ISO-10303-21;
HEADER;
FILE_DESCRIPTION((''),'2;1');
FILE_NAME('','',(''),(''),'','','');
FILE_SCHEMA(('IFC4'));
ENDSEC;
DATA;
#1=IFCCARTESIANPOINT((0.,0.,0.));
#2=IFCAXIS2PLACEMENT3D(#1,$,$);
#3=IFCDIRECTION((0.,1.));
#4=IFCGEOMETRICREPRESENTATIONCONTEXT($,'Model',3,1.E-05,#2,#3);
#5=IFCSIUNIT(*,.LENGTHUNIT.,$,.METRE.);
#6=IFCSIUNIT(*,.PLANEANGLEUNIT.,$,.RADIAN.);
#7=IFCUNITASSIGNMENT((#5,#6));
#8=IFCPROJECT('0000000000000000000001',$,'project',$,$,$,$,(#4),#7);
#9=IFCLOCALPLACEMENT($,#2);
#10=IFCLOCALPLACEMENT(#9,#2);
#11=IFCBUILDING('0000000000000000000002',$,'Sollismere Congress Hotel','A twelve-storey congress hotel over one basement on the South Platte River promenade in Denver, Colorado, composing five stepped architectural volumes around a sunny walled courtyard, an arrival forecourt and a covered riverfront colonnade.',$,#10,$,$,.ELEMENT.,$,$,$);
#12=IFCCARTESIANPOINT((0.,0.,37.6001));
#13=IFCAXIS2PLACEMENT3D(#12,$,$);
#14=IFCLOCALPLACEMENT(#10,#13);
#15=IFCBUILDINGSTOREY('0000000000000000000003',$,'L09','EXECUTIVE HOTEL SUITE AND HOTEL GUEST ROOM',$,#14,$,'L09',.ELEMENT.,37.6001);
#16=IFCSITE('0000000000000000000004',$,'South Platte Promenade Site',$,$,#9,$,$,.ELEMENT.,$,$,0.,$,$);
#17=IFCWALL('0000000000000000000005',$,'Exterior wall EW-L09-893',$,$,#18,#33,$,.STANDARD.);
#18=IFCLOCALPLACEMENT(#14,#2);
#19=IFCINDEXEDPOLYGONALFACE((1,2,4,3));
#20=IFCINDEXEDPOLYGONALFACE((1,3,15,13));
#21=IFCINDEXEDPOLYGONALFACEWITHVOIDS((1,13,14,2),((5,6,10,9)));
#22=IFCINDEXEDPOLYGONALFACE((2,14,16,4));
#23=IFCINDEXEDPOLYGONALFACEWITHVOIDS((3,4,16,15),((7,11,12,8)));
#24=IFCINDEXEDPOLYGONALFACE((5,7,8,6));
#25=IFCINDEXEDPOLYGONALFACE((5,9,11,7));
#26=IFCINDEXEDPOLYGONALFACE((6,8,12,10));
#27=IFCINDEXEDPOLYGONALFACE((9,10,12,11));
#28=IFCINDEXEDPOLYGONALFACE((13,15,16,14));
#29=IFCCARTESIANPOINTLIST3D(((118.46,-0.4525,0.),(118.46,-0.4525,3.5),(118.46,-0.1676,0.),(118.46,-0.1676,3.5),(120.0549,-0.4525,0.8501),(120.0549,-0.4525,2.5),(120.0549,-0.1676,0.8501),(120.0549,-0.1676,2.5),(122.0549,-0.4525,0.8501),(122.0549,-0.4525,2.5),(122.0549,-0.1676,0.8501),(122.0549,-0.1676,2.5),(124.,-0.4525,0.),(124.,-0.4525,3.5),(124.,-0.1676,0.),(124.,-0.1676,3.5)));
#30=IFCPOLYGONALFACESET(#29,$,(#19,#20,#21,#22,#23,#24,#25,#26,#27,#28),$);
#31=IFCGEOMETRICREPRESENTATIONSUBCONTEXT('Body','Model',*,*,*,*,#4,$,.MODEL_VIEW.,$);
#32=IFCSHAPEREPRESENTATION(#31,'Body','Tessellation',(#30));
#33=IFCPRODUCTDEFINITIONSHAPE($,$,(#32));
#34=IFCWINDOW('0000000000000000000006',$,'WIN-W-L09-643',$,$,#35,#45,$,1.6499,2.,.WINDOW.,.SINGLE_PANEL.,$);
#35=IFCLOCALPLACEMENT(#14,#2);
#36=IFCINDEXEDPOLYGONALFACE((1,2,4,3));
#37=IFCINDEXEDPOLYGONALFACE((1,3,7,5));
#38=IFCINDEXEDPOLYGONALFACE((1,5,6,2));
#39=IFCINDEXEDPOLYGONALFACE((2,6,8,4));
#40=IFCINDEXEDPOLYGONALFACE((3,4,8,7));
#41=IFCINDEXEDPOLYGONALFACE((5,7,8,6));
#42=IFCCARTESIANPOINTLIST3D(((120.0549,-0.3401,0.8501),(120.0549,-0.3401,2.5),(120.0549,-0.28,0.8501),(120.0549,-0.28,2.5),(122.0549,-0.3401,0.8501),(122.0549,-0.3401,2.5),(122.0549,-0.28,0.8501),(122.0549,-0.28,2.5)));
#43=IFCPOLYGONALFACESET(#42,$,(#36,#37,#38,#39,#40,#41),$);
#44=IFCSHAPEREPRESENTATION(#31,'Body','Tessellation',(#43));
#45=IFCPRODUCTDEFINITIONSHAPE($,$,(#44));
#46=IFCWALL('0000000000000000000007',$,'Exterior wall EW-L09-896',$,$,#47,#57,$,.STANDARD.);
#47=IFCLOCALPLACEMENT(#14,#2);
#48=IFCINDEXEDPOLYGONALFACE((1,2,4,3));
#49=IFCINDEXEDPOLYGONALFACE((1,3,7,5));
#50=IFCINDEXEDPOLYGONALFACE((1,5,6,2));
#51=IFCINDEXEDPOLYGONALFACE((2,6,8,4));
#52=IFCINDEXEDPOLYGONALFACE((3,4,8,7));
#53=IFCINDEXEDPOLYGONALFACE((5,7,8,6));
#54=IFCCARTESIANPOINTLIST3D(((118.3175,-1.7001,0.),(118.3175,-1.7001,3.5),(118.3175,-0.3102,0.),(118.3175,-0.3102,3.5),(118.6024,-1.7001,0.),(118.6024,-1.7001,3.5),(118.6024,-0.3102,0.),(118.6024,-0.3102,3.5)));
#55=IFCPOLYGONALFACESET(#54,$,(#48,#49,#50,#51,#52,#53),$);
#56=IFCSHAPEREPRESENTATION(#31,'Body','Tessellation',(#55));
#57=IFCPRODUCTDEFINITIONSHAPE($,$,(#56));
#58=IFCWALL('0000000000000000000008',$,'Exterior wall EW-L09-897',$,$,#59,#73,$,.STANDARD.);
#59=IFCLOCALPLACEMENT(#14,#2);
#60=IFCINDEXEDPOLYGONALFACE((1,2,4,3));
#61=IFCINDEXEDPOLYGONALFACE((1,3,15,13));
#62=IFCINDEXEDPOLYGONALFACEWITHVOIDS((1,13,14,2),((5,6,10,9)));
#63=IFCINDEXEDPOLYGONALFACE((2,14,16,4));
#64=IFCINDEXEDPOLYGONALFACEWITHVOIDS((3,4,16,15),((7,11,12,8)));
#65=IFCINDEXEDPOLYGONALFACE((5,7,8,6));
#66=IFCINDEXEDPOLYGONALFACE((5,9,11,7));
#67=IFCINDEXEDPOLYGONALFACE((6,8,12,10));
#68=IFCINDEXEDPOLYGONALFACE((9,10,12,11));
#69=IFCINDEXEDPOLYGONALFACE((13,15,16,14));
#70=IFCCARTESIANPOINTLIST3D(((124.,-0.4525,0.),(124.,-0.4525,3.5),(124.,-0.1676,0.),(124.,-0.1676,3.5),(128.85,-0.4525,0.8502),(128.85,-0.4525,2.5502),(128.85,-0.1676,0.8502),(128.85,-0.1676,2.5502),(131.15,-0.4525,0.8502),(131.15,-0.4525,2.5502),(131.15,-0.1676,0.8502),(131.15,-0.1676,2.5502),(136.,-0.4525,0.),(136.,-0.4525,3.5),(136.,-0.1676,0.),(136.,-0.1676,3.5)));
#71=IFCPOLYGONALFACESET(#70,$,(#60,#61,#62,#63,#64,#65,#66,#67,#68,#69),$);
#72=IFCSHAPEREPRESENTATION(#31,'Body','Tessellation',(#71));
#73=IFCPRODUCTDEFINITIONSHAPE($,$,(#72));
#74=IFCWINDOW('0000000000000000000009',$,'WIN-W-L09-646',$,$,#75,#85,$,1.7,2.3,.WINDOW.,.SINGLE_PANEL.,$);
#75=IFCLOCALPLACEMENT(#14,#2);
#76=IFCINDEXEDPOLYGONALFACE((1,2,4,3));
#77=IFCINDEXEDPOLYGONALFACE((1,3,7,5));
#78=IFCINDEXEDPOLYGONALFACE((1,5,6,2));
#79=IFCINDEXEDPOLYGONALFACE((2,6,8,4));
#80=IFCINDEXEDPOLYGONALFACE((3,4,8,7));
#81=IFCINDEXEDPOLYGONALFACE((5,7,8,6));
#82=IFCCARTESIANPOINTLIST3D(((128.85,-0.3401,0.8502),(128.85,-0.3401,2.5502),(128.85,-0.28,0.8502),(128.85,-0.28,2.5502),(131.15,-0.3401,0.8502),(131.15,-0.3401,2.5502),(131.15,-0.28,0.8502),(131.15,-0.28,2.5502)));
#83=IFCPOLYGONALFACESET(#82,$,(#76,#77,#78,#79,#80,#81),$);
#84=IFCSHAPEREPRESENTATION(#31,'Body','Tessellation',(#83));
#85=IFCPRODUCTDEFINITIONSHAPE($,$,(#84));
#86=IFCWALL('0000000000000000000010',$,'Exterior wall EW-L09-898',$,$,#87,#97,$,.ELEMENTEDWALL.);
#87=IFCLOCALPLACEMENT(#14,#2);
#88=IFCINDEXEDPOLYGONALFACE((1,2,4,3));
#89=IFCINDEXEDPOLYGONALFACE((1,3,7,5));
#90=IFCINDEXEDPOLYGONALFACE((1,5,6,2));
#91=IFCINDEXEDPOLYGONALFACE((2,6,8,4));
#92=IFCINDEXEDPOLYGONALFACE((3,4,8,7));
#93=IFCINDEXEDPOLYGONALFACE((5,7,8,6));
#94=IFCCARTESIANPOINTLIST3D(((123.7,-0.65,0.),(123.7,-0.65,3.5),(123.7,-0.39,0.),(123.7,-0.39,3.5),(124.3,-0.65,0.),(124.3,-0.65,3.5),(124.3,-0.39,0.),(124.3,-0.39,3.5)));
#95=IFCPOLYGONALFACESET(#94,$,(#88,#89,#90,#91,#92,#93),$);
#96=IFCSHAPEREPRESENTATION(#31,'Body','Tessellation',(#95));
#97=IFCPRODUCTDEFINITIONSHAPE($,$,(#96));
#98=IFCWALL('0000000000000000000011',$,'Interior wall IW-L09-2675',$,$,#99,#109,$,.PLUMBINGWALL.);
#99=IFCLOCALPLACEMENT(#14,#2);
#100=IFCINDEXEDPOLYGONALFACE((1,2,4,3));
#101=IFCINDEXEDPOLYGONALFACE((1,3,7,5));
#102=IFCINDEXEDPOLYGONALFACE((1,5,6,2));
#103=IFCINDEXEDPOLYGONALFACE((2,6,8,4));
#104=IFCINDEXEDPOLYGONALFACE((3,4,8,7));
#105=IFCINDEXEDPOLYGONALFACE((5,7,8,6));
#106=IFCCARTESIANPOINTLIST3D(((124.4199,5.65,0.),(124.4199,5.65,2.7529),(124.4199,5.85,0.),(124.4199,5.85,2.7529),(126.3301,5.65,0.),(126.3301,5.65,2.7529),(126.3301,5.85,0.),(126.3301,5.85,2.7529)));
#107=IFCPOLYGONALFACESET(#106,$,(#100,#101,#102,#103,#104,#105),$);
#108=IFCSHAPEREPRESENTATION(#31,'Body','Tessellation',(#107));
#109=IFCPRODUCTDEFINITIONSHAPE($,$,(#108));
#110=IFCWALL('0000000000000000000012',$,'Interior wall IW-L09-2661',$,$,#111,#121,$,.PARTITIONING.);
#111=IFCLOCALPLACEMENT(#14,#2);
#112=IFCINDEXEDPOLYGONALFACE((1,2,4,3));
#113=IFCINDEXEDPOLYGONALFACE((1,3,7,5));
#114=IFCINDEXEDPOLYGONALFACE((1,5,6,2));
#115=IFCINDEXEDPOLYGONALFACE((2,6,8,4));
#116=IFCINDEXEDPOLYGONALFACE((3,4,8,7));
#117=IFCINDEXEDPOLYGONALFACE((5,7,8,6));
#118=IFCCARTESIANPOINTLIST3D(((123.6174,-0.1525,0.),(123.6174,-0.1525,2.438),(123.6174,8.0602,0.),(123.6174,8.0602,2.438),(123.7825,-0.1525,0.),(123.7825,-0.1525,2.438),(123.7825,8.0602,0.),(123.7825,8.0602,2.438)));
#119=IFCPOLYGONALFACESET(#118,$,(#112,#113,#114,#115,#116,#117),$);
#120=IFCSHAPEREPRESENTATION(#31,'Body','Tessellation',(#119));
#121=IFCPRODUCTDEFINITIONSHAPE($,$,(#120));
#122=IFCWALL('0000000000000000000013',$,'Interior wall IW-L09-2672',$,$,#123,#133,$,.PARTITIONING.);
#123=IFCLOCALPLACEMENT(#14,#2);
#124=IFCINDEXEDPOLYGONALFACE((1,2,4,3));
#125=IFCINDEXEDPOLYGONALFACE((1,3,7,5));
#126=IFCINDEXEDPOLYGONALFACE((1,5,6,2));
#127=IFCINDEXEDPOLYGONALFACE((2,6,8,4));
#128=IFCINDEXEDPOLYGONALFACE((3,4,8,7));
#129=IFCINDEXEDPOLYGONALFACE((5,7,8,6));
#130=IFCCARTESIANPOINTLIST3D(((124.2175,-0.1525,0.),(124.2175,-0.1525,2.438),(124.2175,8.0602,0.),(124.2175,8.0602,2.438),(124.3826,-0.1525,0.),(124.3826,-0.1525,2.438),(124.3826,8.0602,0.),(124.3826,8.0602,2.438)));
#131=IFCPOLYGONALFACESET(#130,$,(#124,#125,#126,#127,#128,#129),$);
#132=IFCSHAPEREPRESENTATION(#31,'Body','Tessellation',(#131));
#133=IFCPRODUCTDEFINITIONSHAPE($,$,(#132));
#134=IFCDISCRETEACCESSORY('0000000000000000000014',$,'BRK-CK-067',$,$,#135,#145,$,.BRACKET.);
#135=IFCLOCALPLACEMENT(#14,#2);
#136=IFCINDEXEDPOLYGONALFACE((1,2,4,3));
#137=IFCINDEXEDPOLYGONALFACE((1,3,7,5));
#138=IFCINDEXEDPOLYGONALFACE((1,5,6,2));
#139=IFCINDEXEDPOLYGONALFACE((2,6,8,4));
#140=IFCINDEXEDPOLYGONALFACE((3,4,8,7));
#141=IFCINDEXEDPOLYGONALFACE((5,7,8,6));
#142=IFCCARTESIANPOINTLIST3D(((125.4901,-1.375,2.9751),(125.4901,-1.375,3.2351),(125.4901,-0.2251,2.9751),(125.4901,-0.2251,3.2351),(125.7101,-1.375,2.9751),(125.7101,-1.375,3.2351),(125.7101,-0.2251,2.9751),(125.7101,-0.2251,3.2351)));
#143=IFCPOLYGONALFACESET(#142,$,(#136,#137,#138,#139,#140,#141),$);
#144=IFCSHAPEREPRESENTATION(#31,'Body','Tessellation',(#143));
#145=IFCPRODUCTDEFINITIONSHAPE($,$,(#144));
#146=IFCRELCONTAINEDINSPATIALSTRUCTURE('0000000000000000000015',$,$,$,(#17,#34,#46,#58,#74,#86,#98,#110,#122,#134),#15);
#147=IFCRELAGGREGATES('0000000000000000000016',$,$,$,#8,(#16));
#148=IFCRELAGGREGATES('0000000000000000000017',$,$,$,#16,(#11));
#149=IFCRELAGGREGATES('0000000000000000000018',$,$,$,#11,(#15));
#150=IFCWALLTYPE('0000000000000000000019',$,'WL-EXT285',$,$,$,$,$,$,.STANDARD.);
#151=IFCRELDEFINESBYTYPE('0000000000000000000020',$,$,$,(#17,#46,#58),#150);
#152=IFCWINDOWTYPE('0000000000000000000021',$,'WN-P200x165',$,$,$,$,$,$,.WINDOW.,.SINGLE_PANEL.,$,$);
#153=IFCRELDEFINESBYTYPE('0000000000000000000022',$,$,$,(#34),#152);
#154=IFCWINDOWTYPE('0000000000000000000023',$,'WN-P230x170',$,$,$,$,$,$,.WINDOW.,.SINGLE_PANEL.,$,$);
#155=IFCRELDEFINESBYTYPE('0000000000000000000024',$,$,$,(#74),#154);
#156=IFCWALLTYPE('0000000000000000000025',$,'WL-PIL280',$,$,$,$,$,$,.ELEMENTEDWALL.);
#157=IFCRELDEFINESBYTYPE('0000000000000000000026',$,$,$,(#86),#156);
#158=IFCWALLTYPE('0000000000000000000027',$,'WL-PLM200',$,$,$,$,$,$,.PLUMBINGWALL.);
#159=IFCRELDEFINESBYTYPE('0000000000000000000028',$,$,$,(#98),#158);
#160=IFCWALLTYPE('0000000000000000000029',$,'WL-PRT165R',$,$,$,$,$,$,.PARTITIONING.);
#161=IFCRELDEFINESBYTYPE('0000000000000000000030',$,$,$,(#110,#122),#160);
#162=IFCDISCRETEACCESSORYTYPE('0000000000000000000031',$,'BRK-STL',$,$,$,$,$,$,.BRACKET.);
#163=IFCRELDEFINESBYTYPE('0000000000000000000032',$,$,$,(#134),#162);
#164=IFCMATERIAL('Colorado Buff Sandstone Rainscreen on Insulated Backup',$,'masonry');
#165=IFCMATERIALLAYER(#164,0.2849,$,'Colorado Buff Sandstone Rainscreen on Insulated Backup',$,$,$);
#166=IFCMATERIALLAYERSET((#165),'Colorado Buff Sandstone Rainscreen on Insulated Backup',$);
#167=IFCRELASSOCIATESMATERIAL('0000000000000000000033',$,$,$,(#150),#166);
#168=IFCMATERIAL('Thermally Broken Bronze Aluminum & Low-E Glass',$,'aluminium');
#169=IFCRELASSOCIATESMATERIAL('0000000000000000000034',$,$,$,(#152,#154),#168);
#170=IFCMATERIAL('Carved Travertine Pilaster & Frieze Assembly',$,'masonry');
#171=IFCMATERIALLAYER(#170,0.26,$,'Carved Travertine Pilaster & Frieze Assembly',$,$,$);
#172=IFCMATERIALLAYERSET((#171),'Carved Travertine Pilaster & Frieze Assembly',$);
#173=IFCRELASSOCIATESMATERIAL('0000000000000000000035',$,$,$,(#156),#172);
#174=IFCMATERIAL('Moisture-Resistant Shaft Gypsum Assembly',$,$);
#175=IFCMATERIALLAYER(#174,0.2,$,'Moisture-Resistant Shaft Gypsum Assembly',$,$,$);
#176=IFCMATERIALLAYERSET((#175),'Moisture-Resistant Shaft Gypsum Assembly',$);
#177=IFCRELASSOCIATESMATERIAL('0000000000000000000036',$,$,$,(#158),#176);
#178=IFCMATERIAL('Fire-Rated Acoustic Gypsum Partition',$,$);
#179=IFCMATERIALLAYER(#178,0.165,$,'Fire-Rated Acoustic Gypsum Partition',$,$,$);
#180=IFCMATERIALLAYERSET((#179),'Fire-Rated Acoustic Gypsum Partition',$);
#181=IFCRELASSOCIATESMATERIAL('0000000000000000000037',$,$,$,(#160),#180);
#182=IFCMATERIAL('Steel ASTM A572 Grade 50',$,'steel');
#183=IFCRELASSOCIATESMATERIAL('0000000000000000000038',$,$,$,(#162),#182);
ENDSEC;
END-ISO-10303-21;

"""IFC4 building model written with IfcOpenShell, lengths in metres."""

from ifc_helpers import new_model, si_unit, direction, frame, frame_2d, origin, origin_2d, place, context, subcontext, project, spatial, rectangle, extrude, material, layer, layer_set, type_object, element, fill, save


model = new_model("IFC4")

# Units and contexts
model_context = context("Model", 3, precision=1e-05, world=origin(), true_north=direction((0.0, 1.0)))
body_context = subcontext(model_context, "Body", "Model", "MODEL_VIEW")
ifc_project = project(units=[si_unit("LENGTHUNIT", "METRE"), si_unit("PLANEANGLEUNIT", "RADIAN")], contexts=[model_context])

# Site, building, storey
site_placement = place(None, origin())
site = spatial("IfcSite", under=ifc_project, at=site_placement, Name="South Platte Promenade Site", CompositionType="ELEMENT", RefElevation=0.0)
building_placement = place(site_placement, origin())
building = spatial("IfcBuilding", under=site, at=building_placement, Name="Sollismere Congress Hotel", Description="A twelve-storey congress hotel over one basement on the South Platte River promenade in Denver, Colorado, composing five stepped architectural volumes around a sunny walled courtyard, an arrival forecourt and a covered riverfront colonnade.", CompositionType="ELEMENT")
storey_placement = place(building_placement, frame((0.0, 0.0, 37.6001)))
storey = spatial("IfcBuildingStorey", under=building, at=storey_placement, Name="L09", Description="EXECUTIVE HOTEL SUITE AND HOTEL GUEST ROOM", LongName="L09", CompositionType="ELEMENT", Elevation=37.6001)

# Wall, opening, window
ifc_material_1 = material(Name="Colorado Buff Sandstone Rainscreen on Insulated Backup", Category="masonry")
ifc_layer_1 = layer(ifc_material_1, 0.2849, Name="Colorado Buff Sandstone Rainscreen on Insulated Backup")
ifc_layer_set_1 = layer_set([ifc_layer_1], Name="Colorado Buff Sandstone Rainscreen on Insulated Backup")
wall_type_1 = type_object("IfcWallType", Name="WL-EXT285", PredefinedType="STANDARD", material=ifc_layer_set_1)
wall_1_placement = place(storey_placement, frame((118.46, -0.3101, 0.0), z_axis=(0.0, 0.0, 1.0), x_axis=(1.0, 0.0, 0.0)))
wall_1 = element("IfcWall", 1, at=wall_1_placement, inside=storey, type_object=wall_type_1, Name="Exterior wall EW-L09-893", PredefinedType="STANDARD", context=body_context, shape_type="SweptSolid", body=[
    extrude(rectangle(XDim=5.54, YDim=0.2849, at=frame_2d((2.77, 0.0))), origin(), (0.0, 0.0, 1.0), 3.5),
])
opening_1_placement = place(wall_1_placement, frame((1.595, 0.0, 0.8501)))
opening_1 = element("IfcOpeningElement", 2, at=opening_1_placement, cuts=wall_1, PredefinedType="OPENING", context=body_context, shape_type="SweptSolid", body=[
    extrude(rectangle(XDim=2.0, YDim=1.6499, at=frame_2d((1.0, 0.825))), frame((0.0, 0.1523, 0.0), z_axis=(0.0, -1.0, 0.0), x_axis=(1.0, 0.0, 0.0)), (0.0, 0.0, 1.0), 0.3049),
])
ifc_material_2 = material(Name="Thermally Broken Bronze Aluminum & Low-E Glass", Category="aluminium")
window_type_1 = type_object("IfcWindowType", Name="WN-P200x165", PartitioningType="SINGLE_PANEL", PredefinedType="WINDOW", material=ifc_material_2)
window_1_placement = place(opening_1_placement, origin())
window_1 = element("IfcWindow", 3, at=window_1_placement, inside=storey, type_object=window_type_1, Name="WIN-W-L09-643", OverallHeight=1.6499, OverallWidth=2.0, PartitioningType="SINGLE_PANEL", PredefinedType="WINDOW", context=body_context, shape_type="SweptSolid", body=[
    extrude(rectangle(XDim=2.0, YDim=1.6499, at=frame_2d((1.0, 0.825))), frame((0.0, 0.03, 0.0), z_axis=(0.0, -1.0, 0.0), x_axis=(1.0, 0.0, 0.0)), (0.0, 0.0, 1.0), 0.0601),
])
fill(opening_1, window_1)

# Wall
wall_2_placement = place(storey_placement, frame((118.46, -1.7, 0.0), z_axis=(0.0, 0.0, 1.0), x_axis=(0.0, 1.0, 0.0)))
element("IfcWall", 4, at=wall_2_placement, inside=storey, type_object=wall_type_1, Name="Exterior wall EW-L09-896", PredefinedType="STANDARD", context=body_context, shape_type="SweptSolid", body=[
    extrude(rectangle(XDim=1.3899, YDim=0.2849, at=frame_2d((0.6948, 0.0))), origin(), (0.0, 0.0, 1.0), 3.5),
])

# Wall, opening, window
wall_3_placement = place(storey_placement, frame((124.0, -0.3101, 0.0), z_axis=(0.0, 0.0, 1.0), x_axis=(1.0, 0.0, 0.0)))
wall_3 = element("IfcWall", 5, at=wall_3_placement, inside=storey, type_object=wall_type_1, Name="Exterior wall EW-L09-897", PredefinedType="STANDARD", context=body_context, shape_type="SweptSolid", body=[
    extrude(rectangle(XDim=12.0, YDim=0.2849, at=frame_2d((6.0, 0.0))), origin(), (0.0, 0.0, 1.0), 3.5),
])
opening_2_placement = place(wall_3_placement, frame((4.8501, 0.0, 0.8501)))
opening_2 = element("IfcOpeningElement", 6, at=opening_2_placement, cuts=wall_3, PredefinedType="OPENING", context=body_context, shape_type="SweptSolid", body=[
    extrude(rectangle(XDim=2.3, YDim=1.7, at=frame_2d((1.1499, 0.8501))), frame((0.0, 0.1523, 0.0), z_axis=(0.0, -1.0, 0.0), x_axis=(1.0, 0.0, 0.0)), (0.0, 0.0, 1.0), 0.3049),
])
window_type_2 = type_object("IfcWindowType", Name="WN-P230x170", PartitioningType="SINGLE_PANEL", PredefinedType="WINDOW", material=ifc_material_2)
window_2_placement = place(opening_2_placement, origin())
window_2 = element("IfcWindow", 7, at=window_2_placement, inside=storey, type_object=window_type_2, Name="WIN-W-L09-646", OverallHeight=1.7, OverallWidth=2.3, PartitioningType="SINGLE_PANEL", PredefinedType="WINDOW", context=body_context, shape_type="SweptSolid", body=[
    extrude(rectangle(XDim=2.3, YDim=1.7, at=frame_2d((1.1499, 0.8501))), frame((0.0, 0.03, 0.0), z_axis=(0.0, -1.0, 0.0), x_axis=(1.0, 0.0, 0.0)), (0.0, 0.0, 1.0), 0.0601),
])
fill(opening_2, window_2)

# Walls
ifc_material_3 = material(Name="Carved Travertine Pilaster & Frieze Assembly", Category="masonry")
ifc_layer_2 = layer(ifc_material_3, 0.26, Name="Carved Travertine Pilaster & Frieze Assembly")
ifc_layer_set_2 = layer_set([ifc_layer_2], Name="Carved Travertine Pilaster & Frieze Assembly")
wall_type_2 = type_object("IfcWallType", Name="WL-PIL280", PredefinedType="ELEMENTEDWALL", material=ifc_layer_set_2)
wall_4_placement = place(storey_placement, frame((123.7, -0.52, 0.0), z_axis=(0.0, 0.0, 1.0), x_axis=(1.0, 0.0, 0.0)))
element("IfcWall", 8, at=wall_4_placement, inside=storey, type_object=wall_type_2, Name="Exterior wall EW-L09-898", PredefinedType="ELEMENTEDWALL", context=body_context, shape_type="SweptSolid", body=[
    extrude(rectangle(XDim=0.6001, YDim=0.26, at=frame_2d((0.3, 0.0))), origin(), (0.0, 0.0, 1.0), 3.5),
])
ifc_material_4 = material(Name="Moisture-Resistant Shaft Gypsum Assembly")
ifc_layer_3 = layer(ifc_material_4, 0.2, Name="Moisture-Resistant Shaft Gypsum Assembly")
ifc_layer_set_3 = layer_set([ifc_layer_3], Name="Moisture-Resistant Shaft Gypsum Assembly")
wall_type_3 = type_object("IfcWallType", Name="WL-PLM200", PredefinedType="PLUMBINGWALL", material=ifc_layer_set_3)
wall_5_placement = place(storey_placement, frame((124.4199, 5.75, 0.0), z_axis=(0.0, 0.0, 1.0), x_axis=(1.0, 0.0, 0.0)))
element("IfcWall", 9, at=wall_5_placement, inside=storey, type_object=wall_type_3, Name="Interior wall IW-L09-2675", PredefinedType="PLUMBINGWALL", context=body_context, shape_type="SweptSolid", body=[
    extrude(rectangle(XDim=1.9102, YDim=0.2, at=frame_2d((0.9551, 0.0))), origin(), (0.0, 0.0, 1.0), 2.7529),
])
ifc_material_5 = material(Name="Fire-Rated Acoustic Gypsum Partition")
ifc_layer_4 = layer(ifc_material_5, 0.165, Name="Fire-Rated Acoustic Gypsum Partition")
ifc_layer_set_4 = layer_set([ifc_layer_4], Name="Fire-Rated Acoustic Gypsum Partition")
wall_type_4 = type_object("IfcWallType", Name="WL-PRT165R", PredefinedType="PARTITIONING", material=ifc_layer_set_4)
for number, where, z_axis, x_axis, name in (
    (10, (123.7, -0.1526, 0.0), (0.0, 0.0, 1.0), (0.0, 1.0, 0.0), "Interior wall IW-L09-2661"),
    (11, (124.3, -0.1526, 0.0), (0.0, 0.0, 1.0), (0.0, 1.0, 0.0), "Interior wall IW-L09-2672"),
):
    element("IfcWall", number, at=place(storey_placement, frame(where, z_axis=z_axis, x_axis=x_axis)), inside=storey, type_object=wall_type_4, Name=name, PredefinedType="PARTITIONING", context=body_context, shape_type="SweptSolid", body=[
        extrude(rectangle(XDim=8.2126, YDim=0.165, at=frame_2d((4.1064, 0.0))), origin(), (0.0, 0.0, 1.0), 2.438),
    ])

# Discrete accessory
ifc_material_6 = material(Name="Steel ASTM A572 Grade 50", Category="steel")
discrete_accessory_type = type_object("IfcDiscreteAccessoryType", Name="BRK-STL", PredefinedType="BRACKET", material=ifc_material_6)
discrete_accessory_placement = place(storey_placement, frame((125.6001, -0.8, 2.9751), z_axis=(0.0, 0.0, 1.0), x_axis=(1.0, 0.0, 0.0)))
element("IfcDiscreteAccessory", 12, at=discrete_accessory_placement, inside=storey, type_object=discrete_accessory_type, Name="BRK-CK-067", PredefinedType="BRACKET", context=body_context, shape_type="SweptSolid", body=[
    extrude(rectangle(XDim=0.22, YDim=1.1499, at=origin_2d()), origin(), (0.0, 0.0, 1.0), 0.26),
])

save(model, "model.ifc")
